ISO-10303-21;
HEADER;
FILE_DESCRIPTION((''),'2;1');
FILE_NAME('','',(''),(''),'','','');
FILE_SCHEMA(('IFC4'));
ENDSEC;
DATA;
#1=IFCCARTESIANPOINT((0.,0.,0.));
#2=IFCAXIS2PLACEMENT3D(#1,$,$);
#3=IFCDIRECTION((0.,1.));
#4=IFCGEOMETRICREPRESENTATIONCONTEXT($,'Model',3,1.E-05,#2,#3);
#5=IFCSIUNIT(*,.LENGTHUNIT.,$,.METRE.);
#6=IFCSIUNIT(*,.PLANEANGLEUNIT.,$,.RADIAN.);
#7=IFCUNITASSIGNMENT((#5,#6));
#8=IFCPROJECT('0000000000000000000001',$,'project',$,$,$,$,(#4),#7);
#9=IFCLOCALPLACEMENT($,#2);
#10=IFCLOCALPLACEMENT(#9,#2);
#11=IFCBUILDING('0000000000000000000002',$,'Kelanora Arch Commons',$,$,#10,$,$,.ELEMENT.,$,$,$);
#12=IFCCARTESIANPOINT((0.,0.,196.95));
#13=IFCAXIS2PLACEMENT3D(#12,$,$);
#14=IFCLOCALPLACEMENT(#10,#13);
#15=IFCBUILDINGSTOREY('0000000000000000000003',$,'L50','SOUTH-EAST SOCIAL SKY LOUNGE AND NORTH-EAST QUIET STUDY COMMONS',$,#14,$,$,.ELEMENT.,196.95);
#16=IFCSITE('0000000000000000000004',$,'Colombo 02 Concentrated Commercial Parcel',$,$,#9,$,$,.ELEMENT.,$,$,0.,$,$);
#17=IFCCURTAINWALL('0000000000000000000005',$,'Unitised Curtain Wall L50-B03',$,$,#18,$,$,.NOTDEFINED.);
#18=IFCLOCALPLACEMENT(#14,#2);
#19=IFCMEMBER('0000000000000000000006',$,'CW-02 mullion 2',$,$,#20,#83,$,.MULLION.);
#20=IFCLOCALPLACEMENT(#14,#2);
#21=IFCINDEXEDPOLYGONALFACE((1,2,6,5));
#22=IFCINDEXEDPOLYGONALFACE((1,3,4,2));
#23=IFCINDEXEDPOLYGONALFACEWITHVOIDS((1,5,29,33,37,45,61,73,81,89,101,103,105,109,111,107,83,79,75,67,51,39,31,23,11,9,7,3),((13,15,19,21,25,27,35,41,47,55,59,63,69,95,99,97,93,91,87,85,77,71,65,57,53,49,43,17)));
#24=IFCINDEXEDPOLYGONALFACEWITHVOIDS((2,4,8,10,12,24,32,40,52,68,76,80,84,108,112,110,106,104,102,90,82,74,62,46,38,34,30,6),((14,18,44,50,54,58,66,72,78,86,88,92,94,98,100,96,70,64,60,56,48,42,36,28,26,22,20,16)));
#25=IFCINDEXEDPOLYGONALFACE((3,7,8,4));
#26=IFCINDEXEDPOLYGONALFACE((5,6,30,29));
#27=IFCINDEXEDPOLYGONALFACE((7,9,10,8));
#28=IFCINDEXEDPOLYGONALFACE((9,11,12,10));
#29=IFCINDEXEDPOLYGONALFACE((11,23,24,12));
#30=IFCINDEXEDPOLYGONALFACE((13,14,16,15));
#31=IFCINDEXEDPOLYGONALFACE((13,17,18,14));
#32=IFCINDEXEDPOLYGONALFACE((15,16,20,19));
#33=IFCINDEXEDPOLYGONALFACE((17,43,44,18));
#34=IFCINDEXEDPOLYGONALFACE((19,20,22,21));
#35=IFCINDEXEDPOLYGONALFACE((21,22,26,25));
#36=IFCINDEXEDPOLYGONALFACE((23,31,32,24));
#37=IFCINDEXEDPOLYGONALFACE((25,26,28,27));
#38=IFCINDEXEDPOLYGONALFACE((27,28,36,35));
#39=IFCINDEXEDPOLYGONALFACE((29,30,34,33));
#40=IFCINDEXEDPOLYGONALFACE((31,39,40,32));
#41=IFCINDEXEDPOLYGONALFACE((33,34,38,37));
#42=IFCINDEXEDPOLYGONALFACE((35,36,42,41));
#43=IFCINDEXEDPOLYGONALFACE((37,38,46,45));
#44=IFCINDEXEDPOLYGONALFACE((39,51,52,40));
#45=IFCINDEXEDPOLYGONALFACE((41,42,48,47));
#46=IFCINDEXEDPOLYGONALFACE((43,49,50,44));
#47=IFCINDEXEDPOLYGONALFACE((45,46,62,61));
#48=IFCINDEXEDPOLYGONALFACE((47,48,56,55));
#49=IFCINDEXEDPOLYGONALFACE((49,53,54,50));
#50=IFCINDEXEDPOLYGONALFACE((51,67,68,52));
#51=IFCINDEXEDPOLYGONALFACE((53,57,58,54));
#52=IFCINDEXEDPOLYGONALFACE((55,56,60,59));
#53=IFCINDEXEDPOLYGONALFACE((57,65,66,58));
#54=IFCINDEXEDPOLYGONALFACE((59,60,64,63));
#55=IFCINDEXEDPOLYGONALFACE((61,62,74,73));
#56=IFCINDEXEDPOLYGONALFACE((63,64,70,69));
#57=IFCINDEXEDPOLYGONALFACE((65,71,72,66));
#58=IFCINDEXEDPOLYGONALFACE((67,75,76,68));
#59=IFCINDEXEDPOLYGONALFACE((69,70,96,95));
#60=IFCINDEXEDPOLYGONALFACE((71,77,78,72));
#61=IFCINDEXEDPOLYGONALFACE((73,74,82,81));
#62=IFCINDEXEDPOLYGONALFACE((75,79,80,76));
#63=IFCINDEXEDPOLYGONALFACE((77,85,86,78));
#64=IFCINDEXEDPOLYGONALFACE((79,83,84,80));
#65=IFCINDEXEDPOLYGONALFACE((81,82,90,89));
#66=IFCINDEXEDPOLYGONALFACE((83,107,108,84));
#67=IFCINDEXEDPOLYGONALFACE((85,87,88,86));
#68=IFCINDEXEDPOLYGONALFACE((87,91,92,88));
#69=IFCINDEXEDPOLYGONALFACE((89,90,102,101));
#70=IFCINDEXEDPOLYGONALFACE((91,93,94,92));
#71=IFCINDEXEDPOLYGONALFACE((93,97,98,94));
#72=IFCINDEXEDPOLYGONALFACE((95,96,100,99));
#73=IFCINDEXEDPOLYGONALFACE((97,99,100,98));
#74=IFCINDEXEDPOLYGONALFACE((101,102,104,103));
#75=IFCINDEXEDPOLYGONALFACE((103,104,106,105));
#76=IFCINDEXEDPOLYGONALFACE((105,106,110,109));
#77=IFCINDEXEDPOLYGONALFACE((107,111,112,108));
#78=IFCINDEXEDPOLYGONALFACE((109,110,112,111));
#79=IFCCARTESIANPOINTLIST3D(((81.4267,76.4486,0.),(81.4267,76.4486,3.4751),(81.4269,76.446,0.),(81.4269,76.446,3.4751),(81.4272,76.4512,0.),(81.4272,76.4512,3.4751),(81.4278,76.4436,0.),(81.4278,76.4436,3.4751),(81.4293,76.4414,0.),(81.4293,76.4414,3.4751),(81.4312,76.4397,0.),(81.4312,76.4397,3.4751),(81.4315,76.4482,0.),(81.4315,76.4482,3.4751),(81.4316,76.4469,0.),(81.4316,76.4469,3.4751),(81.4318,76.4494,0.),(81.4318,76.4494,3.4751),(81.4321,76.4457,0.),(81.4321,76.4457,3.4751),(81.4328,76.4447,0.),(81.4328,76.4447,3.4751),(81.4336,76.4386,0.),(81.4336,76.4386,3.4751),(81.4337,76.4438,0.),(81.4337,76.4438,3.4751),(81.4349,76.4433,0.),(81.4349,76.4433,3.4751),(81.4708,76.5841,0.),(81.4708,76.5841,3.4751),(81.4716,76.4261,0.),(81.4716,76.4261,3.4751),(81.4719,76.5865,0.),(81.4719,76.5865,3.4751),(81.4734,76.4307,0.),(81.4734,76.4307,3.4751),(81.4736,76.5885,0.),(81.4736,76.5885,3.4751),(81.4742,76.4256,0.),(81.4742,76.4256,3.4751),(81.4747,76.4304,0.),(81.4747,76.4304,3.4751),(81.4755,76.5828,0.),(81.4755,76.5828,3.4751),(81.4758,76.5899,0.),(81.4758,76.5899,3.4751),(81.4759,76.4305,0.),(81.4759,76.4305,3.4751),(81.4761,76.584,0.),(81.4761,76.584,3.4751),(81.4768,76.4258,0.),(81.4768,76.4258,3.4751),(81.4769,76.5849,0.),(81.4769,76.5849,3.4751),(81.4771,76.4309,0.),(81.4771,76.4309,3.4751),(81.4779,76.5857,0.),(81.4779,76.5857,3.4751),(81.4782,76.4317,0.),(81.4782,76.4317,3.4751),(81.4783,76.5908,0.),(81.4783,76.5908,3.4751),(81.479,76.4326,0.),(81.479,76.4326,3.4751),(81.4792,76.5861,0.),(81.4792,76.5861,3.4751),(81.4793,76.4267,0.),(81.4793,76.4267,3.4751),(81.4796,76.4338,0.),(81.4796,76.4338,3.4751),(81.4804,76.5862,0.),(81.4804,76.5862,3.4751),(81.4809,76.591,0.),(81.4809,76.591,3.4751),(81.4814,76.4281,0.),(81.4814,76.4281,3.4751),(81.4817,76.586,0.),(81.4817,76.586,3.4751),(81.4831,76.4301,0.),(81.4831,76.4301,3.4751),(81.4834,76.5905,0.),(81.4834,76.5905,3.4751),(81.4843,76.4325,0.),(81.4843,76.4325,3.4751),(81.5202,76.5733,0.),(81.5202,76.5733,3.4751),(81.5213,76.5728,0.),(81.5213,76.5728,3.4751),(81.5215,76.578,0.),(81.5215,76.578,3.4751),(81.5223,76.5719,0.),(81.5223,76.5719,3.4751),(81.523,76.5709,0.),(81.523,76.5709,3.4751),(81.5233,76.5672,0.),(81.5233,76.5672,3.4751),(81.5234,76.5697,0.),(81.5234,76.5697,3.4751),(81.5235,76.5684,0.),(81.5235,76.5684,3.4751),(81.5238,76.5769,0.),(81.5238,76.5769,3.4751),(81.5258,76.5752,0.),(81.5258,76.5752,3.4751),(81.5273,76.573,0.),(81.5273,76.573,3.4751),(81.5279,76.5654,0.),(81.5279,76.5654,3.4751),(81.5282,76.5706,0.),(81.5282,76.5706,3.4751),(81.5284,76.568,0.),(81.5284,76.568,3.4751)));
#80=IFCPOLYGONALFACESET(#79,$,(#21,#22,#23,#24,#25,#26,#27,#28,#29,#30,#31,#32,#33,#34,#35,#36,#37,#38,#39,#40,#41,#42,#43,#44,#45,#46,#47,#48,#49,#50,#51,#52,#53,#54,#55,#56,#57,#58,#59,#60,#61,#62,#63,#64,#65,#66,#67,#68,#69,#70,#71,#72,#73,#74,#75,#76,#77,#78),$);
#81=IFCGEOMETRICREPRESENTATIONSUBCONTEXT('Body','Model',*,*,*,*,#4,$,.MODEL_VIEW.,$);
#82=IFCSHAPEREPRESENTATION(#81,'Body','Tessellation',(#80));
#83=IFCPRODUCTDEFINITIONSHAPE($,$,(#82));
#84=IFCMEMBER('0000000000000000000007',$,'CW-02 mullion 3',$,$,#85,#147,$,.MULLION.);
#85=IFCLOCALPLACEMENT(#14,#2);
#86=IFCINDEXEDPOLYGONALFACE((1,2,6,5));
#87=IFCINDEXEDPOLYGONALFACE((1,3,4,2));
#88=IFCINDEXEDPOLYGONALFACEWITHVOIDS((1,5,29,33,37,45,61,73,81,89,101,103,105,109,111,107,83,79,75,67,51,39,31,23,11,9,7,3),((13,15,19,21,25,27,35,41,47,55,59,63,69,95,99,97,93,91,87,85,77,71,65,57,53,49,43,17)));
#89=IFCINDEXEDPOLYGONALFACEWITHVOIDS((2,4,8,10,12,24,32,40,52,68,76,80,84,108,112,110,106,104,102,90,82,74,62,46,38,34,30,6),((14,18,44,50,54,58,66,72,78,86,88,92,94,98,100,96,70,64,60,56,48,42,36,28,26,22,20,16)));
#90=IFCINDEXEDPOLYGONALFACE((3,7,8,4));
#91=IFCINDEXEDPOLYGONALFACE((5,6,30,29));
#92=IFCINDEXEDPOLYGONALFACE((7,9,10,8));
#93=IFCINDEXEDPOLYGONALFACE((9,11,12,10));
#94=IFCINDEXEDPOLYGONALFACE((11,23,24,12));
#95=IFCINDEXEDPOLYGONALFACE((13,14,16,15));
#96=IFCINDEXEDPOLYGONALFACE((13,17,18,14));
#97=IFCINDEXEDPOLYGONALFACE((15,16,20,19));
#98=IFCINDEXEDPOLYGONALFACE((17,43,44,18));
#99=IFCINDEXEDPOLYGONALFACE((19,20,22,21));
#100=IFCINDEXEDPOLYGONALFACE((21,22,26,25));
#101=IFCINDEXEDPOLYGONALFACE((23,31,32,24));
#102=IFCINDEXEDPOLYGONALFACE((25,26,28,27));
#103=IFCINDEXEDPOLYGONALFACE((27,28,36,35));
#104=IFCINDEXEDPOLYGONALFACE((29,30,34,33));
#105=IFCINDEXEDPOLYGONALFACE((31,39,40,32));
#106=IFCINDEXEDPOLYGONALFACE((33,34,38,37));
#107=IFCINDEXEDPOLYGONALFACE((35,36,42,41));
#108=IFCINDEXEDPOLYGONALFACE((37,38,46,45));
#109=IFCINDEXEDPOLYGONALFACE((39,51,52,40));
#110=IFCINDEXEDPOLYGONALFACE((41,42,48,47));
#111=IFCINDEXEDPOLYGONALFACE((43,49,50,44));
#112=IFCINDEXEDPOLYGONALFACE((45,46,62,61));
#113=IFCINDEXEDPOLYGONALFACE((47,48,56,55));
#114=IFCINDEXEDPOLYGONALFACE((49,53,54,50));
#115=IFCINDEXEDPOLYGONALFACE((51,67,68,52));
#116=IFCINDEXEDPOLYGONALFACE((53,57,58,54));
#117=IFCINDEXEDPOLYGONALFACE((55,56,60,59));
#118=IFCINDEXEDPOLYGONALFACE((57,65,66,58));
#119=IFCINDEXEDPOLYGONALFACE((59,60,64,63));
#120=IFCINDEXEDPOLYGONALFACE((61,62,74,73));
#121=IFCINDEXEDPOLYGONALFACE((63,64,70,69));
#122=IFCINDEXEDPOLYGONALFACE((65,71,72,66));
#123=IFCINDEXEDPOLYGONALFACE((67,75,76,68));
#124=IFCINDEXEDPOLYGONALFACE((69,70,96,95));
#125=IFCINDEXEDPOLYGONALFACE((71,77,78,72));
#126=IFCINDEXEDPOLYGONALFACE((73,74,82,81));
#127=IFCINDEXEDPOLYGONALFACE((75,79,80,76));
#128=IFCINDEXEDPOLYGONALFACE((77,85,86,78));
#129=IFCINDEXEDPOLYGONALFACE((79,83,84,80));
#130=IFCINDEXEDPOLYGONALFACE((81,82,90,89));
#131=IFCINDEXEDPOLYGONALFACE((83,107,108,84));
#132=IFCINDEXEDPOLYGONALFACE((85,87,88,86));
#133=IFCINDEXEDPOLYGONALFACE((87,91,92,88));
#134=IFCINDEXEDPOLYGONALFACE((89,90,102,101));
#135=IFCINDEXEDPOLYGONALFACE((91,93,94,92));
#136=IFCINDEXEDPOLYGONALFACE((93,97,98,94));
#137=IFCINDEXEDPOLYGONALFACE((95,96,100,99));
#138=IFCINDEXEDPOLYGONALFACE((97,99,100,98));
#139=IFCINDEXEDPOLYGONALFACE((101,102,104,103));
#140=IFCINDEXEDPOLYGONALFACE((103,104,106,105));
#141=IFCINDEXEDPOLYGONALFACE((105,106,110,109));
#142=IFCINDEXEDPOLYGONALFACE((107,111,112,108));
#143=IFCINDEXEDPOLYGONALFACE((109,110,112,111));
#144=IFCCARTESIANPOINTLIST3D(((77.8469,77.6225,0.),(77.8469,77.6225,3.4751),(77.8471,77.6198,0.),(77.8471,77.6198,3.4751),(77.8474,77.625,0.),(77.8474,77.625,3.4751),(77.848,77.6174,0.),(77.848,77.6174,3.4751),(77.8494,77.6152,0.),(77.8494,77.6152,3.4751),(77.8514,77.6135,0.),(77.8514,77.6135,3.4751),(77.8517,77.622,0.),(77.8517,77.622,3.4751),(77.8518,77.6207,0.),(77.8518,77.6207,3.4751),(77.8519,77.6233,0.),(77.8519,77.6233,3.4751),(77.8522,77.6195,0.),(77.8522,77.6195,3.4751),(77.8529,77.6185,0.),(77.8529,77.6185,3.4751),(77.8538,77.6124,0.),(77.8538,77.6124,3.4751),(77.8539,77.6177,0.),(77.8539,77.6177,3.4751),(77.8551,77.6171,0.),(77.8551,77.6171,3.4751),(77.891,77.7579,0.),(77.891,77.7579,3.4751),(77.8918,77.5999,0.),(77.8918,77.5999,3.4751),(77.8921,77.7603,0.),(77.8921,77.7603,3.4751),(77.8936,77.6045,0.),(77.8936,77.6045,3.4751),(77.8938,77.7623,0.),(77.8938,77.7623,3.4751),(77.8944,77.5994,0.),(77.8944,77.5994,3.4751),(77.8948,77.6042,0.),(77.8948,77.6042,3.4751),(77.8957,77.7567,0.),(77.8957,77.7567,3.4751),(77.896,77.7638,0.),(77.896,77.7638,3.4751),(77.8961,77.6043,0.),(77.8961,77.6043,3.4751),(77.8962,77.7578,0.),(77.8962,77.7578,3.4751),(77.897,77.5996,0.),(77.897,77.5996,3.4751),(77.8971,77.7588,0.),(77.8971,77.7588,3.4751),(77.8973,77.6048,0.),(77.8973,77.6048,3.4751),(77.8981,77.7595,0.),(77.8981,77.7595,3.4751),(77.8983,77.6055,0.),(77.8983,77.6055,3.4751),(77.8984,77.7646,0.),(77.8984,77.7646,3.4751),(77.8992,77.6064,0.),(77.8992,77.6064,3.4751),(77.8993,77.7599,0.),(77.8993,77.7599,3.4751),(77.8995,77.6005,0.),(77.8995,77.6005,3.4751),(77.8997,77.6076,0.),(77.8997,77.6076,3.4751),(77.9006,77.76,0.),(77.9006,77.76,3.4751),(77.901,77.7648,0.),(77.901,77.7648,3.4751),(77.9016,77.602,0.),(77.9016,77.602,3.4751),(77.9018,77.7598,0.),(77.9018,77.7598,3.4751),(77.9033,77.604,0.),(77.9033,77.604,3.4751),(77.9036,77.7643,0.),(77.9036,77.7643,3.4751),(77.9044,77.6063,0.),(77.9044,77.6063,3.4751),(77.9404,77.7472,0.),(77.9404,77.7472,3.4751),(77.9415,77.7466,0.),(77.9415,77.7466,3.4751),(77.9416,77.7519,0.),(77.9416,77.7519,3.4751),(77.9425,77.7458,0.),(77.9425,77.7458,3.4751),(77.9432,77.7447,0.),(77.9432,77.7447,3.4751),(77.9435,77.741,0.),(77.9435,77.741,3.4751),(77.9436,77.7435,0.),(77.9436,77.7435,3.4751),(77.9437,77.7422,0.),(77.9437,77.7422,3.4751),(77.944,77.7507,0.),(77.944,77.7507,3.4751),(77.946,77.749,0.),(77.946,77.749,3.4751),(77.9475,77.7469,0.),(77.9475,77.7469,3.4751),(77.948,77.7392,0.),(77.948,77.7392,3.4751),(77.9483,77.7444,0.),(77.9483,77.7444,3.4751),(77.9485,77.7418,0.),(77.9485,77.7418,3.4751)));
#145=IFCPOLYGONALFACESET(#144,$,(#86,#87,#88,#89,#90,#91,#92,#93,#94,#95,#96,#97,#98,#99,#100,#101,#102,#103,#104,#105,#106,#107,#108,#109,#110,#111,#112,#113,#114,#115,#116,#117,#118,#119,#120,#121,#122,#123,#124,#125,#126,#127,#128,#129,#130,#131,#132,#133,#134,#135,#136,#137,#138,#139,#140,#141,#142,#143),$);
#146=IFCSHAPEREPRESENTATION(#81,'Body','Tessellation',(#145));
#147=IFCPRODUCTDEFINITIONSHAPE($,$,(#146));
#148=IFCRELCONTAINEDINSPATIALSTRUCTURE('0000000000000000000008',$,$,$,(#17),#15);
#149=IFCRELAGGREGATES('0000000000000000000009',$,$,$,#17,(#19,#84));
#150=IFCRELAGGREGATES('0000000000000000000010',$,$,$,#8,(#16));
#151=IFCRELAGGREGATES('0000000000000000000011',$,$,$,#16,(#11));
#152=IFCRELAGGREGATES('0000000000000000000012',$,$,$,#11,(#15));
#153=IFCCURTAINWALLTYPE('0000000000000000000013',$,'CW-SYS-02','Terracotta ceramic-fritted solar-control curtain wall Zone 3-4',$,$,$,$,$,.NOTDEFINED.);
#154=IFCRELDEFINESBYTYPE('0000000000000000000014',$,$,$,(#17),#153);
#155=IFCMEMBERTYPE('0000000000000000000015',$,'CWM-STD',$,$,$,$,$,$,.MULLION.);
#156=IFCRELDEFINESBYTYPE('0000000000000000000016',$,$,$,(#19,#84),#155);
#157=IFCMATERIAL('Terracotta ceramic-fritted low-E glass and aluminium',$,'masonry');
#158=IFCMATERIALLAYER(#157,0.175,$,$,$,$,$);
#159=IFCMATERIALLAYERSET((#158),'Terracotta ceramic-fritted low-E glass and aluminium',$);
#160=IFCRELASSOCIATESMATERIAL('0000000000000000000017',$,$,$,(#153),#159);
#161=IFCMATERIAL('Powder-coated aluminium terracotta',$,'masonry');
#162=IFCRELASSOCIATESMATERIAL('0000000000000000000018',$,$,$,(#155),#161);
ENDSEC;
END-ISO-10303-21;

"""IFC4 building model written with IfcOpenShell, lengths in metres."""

from ifc_helpers import new_model, si_unit, direction, frame, origin, origin_2d, place, context, subcontext, project, spatial, hollow_rectangle, extrude, material, layer, layer_set, material_profile, profile_set, type_object, element, aggregate, save


model = new_model("IFC4")

# Units and contexts
model_context = context("Model", 3, precision=1e-05, world=origin(), true_north=direction((0.0, 1.0)))
body_context = subcontext(model_context, "Body", "Model", "MODEL_VIEW")
ifc_project = project(units=[si_unit("LENGTHUNIT", "METRE"), si_unit("PLANEANGLEUNIT", "RADIAN")], contexts=[model_context])

# Site, building, storey
site_placement = place(None, origin())
site = spatial("IfcSite", under=ifc_project, at=site_placement, Name="Colombo 02 Concentrated Commercial Parcel", CompositionType="ELEMENT", RefElevation=0.0)
building_placement = place(site_placement, origin())
building = spatial("IfcBuilding", under=site, at=building_placement, Name="Kelanora Arch Commons", CompositionType="ELEMENT")
storey_placement = place(building_placement, frame((0.0, 0.0, 196.95)))
storey = spatial("IfcBuildingStorey", under=building, at=storey_placement, Name="L50", Description="SOUTH-EAST SOCIAL SKY LOUNGE AND NORTH-EAST QUIET STUDY COMMONS", CompositionType="ELEMENT", Elevation=196.95)

# Curtain wall, members
ifc_material_1 = material(Name="Terracotta ceramic-fritted low-E glass and aluminium", Category="masonry")
ifc_layer_1 = layer(ifc_material_1, 0.175)
ifc_layer_set_1 = layer_set([ifc_layer_1], Name="Terracotta ceramic-fritted low-E glass and aluminium")
curtain_wall_type = type_object("IfcCurtainWallType", Name="CW-SYS-02", Description="Terracotta ceramic-fritted solar-control curtain wall Zone 3-4", PredefinedType="NOTDEFINED", material=ifc_layer_set_1)
curtain_wall_placement = place(storey_placement, origin())
curtain_wall = element("IfcCurtainWall", 1, at=curtain_wall_placement, inside=storey, type_object=curtain_wall_type, Name="Unitised Curtain Wall L50-B03", PredefinedType="NOTDEFINED")
ifc_material_2 = material(Name="Powder-coated aluminium terracotta", Category="masonry")
ifc_material_profile_1 = material_profile(ifc_material_2, hollow_rectangle(XDim=0.1599, YDim=0.0601, WallThickness=0.0049, InnerFilletRadius=0.0049, OuterFilletRadius=0.01, at=origin_2d()), Name="CWM160x60")
ifc_profile_set_1 = profile_set([ifc_material_profile_1], Name="Powder-coated aluminium terracotta")
member_type_1 = type_object("IfcMemberType", Name="CWM-STD", PredefinedType="MULLION", material=ifc_profile_set_1)
member_1_placement = place(storey_placement, frame((81.4775, 76.5083, 0.0), z_axis=(0.0, 0.0, 1.0), x_axis=(-0.311582, -0.950219, 0.0)))
member_1 = element("IfcMember", 2, at=member_1_placement, type_object=member_type_1, Name="CW-02 mullion 2", PredefinedType="MULLION", context=body_context, shape_type="SweptSolid", body=[
    extrude(hollow_rectangle(XDim=0.1599, YDim=0.0601, WallThickness=0.0049, InnerFilletRadius=0.0049, OuterFilletRadius=0.01, at=origin_2d()), origin(), (0.0, 0.0, 1.0), 3.4751),
])
member_2_placement = place(storey_placement, frame((77.8977, 77.6821, 0.0), z_axis=(0.0, 0.0, 1.0), x_axis=(-0.311582, -0.950219, 0.0)))
member_2 = element("IfcMember", 3, at=member_2_placement, type_object=member_type_1, Name="CW-02 mullion 3", PredefinedType="MULLION", context=body_context, shape_type="SweptSolid", body=[
    extrude(hollow_rectangle(XDim=0.1599, YDim=0.0601, WallThickness=0.0049, InnerFilletRadius=0.0049, OuterFilletRadius=0.01, at=origin_2d()), origin(), (0.0, 0.0, 1.0), 3.4751),
])
aggregate(curtain_wall, [member_1, member_2])

save(model, "model.ifc")
